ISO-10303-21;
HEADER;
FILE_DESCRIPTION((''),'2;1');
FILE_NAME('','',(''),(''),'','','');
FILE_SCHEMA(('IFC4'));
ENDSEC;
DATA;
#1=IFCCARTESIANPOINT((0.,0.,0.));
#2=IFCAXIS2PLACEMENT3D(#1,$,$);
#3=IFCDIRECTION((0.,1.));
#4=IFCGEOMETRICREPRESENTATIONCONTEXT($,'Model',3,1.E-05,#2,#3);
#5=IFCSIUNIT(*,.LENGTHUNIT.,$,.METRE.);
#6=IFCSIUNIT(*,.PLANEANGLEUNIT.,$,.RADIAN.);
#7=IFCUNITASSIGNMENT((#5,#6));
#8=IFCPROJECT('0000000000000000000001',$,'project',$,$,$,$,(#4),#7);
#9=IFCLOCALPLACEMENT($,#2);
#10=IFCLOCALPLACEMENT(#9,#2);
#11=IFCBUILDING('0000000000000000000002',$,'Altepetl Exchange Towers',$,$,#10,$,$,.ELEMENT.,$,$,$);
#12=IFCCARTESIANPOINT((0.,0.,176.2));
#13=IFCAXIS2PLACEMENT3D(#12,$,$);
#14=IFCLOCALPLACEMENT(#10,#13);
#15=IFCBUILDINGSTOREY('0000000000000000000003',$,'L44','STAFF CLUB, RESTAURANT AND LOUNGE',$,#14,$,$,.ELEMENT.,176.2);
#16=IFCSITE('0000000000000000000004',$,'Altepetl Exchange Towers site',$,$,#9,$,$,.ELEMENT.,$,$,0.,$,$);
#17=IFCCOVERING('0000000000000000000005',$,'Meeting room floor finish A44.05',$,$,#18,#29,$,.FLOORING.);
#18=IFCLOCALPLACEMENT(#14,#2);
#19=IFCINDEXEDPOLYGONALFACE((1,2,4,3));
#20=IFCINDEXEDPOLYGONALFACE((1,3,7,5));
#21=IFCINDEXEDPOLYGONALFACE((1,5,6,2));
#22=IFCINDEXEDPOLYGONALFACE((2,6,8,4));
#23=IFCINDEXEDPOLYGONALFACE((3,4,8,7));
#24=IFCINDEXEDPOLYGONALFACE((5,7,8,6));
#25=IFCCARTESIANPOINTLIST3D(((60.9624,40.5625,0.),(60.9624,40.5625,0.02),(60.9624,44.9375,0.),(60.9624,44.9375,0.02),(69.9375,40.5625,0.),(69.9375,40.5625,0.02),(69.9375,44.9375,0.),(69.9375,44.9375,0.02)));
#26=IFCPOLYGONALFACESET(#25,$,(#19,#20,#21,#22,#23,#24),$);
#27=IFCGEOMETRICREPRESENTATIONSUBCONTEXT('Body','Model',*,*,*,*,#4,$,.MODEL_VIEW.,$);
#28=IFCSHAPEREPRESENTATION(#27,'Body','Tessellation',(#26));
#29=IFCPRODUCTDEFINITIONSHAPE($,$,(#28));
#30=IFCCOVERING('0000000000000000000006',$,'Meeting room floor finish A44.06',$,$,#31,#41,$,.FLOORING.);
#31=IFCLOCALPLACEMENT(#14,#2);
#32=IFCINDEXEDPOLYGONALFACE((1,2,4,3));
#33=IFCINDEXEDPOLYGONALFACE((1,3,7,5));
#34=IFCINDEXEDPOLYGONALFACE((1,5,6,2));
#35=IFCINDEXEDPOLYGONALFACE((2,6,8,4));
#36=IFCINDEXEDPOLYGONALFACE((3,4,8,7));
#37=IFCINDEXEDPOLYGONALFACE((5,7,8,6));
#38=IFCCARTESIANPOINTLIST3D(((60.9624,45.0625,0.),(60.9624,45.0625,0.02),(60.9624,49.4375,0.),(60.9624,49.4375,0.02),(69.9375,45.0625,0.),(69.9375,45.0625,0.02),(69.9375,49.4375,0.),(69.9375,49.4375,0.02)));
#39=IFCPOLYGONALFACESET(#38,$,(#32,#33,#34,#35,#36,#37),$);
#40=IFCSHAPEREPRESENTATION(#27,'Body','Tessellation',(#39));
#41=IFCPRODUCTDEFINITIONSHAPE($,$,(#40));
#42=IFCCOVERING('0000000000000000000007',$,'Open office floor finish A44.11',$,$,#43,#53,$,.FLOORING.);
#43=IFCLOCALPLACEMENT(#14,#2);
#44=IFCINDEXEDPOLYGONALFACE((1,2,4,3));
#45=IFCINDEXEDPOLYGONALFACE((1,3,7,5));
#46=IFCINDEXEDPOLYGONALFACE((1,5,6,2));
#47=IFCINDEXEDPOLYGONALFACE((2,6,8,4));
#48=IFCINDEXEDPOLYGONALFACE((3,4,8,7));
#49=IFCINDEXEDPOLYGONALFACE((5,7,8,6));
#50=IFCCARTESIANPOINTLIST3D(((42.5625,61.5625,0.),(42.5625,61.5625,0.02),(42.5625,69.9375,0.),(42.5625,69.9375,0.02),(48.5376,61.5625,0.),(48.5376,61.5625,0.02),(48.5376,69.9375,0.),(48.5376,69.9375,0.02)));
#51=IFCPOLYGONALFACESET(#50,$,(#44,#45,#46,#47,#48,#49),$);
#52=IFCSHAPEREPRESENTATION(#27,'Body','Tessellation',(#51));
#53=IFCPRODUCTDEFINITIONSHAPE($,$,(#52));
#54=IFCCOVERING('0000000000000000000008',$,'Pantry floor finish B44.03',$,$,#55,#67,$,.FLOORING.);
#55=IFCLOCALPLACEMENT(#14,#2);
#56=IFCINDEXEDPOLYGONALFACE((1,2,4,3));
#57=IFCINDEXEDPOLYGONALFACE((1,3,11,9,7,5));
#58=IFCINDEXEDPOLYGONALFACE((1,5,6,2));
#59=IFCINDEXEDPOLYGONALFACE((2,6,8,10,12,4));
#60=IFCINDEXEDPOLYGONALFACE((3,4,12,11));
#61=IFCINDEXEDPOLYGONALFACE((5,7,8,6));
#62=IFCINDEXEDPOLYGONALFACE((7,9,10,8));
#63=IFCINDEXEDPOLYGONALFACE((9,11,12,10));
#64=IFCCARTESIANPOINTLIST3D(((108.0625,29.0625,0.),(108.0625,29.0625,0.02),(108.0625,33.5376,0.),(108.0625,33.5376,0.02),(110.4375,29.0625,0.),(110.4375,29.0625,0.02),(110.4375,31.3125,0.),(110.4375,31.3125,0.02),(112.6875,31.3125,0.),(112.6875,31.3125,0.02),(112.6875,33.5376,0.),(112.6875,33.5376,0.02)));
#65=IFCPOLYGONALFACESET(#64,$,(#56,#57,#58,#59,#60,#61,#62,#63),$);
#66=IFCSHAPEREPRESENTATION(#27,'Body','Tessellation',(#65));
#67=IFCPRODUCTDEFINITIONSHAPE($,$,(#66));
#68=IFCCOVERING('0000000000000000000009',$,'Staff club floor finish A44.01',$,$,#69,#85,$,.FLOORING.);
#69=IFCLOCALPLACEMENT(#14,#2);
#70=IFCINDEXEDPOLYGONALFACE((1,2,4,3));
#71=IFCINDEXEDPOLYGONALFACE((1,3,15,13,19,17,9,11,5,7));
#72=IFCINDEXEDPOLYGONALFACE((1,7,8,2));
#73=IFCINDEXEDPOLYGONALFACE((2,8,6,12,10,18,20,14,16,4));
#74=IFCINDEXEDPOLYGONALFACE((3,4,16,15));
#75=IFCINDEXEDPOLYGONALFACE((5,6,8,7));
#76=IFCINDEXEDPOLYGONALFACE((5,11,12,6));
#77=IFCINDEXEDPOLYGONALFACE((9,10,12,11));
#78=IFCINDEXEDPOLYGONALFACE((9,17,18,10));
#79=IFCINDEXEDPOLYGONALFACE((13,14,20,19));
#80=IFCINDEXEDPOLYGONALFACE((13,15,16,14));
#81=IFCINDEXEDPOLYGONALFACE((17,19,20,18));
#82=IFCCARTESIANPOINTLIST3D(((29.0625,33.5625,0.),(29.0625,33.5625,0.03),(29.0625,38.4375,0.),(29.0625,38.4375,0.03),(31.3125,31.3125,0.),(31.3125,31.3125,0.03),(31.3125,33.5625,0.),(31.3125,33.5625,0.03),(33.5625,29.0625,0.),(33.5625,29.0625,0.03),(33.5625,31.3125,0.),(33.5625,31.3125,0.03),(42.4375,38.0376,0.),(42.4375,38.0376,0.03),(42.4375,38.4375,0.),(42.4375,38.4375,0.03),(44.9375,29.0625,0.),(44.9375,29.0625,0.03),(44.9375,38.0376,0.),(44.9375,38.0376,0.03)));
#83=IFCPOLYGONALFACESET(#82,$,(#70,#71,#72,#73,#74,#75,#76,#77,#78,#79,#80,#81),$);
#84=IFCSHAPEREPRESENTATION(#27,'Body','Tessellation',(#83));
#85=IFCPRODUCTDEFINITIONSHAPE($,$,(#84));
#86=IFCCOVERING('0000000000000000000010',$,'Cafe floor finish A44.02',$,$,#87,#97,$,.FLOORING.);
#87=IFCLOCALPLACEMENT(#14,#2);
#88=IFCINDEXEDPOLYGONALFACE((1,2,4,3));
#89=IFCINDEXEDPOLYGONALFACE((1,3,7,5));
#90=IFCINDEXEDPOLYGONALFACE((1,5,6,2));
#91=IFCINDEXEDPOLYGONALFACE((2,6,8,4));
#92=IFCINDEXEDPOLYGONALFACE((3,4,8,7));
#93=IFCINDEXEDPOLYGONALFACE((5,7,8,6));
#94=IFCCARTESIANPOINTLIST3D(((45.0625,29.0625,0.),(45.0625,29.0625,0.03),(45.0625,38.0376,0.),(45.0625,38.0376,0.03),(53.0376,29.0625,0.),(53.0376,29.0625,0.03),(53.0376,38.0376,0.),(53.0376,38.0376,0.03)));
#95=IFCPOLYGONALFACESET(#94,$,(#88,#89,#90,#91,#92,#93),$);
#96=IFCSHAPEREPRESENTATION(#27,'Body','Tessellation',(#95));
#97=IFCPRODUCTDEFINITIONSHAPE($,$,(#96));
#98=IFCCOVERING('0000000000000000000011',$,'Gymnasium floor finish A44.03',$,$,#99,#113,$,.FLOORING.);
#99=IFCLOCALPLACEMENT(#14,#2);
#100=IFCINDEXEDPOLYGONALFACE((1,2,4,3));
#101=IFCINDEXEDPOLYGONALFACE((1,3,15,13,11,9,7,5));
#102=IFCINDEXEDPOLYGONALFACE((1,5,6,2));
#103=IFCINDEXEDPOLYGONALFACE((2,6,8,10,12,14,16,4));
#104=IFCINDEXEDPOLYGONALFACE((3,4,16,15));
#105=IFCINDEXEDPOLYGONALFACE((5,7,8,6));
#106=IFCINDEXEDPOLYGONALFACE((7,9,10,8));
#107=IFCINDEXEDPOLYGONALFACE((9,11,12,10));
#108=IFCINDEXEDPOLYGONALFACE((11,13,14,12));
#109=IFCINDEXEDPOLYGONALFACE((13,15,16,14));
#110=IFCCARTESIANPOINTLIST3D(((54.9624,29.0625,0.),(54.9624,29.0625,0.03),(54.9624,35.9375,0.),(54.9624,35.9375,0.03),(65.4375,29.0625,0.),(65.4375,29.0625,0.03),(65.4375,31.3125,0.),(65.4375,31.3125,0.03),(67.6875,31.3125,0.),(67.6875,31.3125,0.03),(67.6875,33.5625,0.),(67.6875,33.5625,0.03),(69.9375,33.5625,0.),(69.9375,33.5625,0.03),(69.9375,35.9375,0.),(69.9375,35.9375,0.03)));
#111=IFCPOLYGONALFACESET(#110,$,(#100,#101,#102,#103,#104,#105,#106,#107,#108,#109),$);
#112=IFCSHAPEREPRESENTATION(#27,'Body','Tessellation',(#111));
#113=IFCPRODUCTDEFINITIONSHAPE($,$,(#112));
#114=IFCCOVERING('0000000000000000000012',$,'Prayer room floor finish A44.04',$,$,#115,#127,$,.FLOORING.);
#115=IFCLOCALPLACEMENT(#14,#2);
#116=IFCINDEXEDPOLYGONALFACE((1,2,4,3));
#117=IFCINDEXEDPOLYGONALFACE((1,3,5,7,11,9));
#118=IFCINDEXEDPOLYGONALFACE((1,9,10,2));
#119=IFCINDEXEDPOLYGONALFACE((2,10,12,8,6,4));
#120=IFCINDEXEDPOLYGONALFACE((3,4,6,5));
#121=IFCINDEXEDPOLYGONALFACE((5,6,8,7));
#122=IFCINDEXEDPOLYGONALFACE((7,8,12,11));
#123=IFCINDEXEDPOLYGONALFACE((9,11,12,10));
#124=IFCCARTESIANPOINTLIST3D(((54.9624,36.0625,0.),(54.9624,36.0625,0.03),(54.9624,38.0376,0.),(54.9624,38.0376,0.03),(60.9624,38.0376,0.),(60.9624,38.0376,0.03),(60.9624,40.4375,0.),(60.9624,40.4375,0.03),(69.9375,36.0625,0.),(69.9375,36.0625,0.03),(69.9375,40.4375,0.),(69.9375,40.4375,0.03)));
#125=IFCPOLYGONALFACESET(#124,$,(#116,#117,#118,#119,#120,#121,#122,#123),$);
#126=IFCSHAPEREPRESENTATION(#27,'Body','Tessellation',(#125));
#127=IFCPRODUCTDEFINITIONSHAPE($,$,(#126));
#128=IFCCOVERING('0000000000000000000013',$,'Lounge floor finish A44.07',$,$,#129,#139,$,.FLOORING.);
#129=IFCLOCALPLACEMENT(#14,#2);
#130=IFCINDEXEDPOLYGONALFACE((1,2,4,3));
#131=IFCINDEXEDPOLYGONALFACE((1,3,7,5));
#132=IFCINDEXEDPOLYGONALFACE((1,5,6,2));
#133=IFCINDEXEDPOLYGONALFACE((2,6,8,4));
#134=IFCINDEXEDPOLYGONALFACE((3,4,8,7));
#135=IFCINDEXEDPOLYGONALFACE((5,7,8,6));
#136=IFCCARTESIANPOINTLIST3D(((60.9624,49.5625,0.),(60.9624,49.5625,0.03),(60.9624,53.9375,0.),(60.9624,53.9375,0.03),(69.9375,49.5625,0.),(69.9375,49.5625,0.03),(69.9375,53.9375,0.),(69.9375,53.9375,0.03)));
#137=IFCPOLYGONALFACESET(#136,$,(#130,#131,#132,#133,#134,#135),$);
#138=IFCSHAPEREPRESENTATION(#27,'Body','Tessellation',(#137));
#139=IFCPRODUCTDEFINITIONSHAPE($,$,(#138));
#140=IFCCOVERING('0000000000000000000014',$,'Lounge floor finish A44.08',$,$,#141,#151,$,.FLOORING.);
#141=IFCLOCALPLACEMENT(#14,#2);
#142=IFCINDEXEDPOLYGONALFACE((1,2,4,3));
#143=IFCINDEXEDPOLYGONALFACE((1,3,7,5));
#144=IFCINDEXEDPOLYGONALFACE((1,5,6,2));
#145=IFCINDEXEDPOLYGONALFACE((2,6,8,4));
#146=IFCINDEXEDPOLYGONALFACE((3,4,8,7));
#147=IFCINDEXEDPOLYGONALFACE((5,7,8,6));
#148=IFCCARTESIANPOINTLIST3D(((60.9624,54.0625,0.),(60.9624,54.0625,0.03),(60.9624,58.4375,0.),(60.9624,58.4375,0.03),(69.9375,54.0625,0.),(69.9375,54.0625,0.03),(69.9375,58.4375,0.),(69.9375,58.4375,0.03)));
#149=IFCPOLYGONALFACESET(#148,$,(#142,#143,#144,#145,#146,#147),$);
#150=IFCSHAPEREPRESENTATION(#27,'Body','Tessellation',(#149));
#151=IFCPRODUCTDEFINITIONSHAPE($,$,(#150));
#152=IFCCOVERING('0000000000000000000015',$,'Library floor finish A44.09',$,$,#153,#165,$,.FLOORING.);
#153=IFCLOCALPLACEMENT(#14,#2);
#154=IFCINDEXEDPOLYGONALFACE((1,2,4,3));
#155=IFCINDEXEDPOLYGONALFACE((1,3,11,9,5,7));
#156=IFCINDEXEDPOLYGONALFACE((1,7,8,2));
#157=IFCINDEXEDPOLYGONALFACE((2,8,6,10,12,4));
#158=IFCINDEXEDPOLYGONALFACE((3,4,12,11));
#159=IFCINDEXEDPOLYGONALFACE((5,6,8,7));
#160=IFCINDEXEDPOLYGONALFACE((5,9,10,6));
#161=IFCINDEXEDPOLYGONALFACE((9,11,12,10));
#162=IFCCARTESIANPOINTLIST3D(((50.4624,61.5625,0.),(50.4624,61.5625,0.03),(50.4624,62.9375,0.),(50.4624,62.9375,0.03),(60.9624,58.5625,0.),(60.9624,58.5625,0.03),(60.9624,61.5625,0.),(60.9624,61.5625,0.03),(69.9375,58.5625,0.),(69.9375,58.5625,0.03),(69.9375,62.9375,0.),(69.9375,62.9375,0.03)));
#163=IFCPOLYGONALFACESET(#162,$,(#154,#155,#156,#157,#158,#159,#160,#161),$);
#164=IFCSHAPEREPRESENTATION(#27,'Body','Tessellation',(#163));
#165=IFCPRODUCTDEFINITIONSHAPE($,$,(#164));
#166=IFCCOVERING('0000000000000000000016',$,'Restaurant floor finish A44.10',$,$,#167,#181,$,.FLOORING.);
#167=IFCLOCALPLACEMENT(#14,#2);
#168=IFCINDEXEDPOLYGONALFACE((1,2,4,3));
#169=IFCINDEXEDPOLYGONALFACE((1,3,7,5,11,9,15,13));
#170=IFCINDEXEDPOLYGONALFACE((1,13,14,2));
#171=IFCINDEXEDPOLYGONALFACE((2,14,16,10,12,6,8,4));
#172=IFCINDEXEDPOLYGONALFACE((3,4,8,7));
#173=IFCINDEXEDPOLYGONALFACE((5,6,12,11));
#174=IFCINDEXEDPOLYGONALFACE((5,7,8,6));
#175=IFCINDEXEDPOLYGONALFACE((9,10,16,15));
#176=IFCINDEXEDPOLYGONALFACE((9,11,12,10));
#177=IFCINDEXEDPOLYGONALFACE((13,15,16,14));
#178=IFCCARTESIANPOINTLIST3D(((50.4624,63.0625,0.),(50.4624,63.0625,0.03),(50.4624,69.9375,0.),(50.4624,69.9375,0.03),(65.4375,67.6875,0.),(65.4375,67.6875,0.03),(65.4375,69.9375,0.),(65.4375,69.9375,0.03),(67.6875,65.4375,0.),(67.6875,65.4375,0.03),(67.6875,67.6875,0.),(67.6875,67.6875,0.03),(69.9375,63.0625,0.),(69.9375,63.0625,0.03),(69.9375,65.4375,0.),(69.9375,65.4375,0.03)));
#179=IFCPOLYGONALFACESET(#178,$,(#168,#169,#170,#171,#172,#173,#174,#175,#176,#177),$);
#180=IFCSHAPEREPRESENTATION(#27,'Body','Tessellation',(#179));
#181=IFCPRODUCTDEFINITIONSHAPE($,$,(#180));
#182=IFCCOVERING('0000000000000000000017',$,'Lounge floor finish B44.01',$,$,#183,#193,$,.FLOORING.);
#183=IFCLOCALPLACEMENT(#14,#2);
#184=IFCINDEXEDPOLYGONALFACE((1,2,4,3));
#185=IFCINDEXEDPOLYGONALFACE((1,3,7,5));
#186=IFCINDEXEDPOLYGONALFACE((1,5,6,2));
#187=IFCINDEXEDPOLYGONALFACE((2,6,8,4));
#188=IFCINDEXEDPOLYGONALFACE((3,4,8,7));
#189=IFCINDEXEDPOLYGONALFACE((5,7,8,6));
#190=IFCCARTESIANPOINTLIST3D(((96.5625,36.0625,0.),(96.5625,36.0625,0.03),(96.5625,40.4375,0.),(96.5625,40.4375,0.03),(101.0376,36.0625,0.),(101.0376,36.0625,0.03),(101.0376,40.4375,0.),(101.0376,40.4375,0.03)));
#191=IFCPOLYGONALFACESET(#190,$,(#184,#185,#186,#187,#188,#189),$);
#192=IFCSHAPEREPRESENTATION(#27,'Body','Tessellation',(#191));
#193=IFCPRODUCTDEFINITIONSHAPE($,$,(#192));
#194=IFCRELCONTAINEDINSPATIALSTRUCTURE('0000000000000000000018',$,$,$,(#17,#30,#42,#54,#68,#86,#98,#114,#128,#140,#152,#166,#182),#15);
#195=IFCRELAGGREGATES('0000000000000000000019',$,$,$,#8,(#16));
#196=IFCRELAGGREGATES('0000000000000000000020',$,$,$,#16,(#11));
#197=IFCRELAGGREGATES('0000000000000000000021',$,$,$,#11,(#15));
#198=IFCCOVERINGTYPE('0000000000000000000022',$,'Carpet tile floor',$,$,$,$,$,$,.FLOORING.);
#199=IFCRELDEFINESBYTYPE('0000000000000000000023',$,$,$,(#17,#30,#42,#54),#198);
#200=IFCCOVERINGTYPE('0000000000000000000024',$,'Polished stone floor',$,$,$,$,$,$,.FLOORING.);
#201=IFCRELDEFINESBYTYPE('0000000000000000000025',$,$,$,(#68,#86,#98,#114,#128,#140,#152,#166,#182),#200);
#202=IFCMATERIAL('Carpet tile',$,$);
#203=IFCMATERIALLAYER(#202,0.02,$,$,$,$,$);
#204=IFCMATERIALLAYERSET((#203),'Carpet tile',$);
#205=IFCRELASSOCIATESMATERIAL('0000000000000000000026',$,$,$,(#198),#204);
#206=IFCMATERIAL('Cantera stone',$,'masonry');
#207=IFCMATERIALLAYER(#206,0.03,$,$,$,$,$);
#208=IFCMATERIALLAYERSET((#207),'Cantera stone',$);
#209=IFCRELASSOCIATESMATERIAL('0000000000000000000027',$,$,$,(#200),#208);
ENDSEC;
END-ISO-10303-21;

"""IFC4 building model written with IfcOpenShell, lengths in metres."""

from ifc_helpers import new_model, si_unit, direction, frame, origin, place, context, subcontext, project, spatial, polyline, outline, extrude, material, layer, layer_set, type_object, element, save


model = new_model("IFC4")

# Units and contexts
model_context = context("Model", 3, precision=1e-05, world=origin(), true_north=direction((0.0, 1.0)))
body_context = subcontext(model_context, "Body", "Model", "MODEL_VIEW")
ifc_project = project(units=[si_unit("LENGTHUNIT", "METRE"), si_unit("PLANEANGLEUNIT", "RADIAN")], contexts=[model_context])

# Site, building, storey
site_placement = place(None, origin())
site = spatial("IfcSite", under=ifc_project, at=site_placement, Name="Altepetl Exchange Towers site", CompositionType="ELEMENT", RefElevation=0.0)
building_placement = place(site_placement, origin())
building = spatial("IfcBuilding", under=site, at=building_placement, Name="Altepetl Exchange Towers", CompositionType="ELEMENT")
storey_placement = place(building_placement, frame((0.0, 0.0, 176.2)))
storey = spatial("IfcBuildingStorey", under=building, at=storey_placement, Name="L44", Description="STAFF CLUB, RESTAURANT AND LOUNGE", CompositionType="ELEMENT", Elevation=176.2)

# Coverings
ifc_material_1 = material(Name="Carpet tile")
ifc_layer_1 = layer(ifc_material_1, 0.02)
ifc_layer_set_1 = layer_set([ifc_layer_1], Name="Carpet tile")
covering_type_1 = type_object("IfcCoveringType", Name="Carpet tile floor", PredefinedType="FLOORING", material=ifc_layer_set_1)
covering_1_placement = place(storey_placement, origin())
element("IfcCovering", 1, at=covering_1_placement, inside=storey, type_object=covering_type_1, Name="Meeting room floor finish A44.05", PredefinedType="FLOORING", context=body_context, shape_type="SweptSolid", body=[
    extrude(outline(polyline([(69.9375, 44.9375), (60.9624, 44.9375), (60.9624, 40.5625), (69.9375, 40.5625), (69.9375, 44.9375)])), origin(), (0.0, 0.0, 1.0), 0.02),
])
covering_2_placement = place(storey_placement, origin())
element("IfcCovering", 2, at=covering_2_placement, inside=storey, type_object=covering_type_1, Name="Meeting room floor finish A44.06", PredefinedType="FLOORING", context=body_context, shape_type="SweptSolid", body=[
    extrude(outline(polyline([(69.9375, 49.4375), (60.9624, 49.4375), (60.9624, 45.0625), (69.9375, 45.0625), (69.9375, 49.4375)])), origin(), (0.0, 0.0, 1.0), 0.02),
])
covering_3_placement = place(storey_placement, origin())
element("IfcCovering", 3, at=covering_3_placement, inside=storey, type_object=covering_type_1, Name="Open office floor finish A44.11", PredefinedType="FLOORING", context=body_context, shape_type="SweptSolid", body=[
    extrude(outline(polyline([(42.5625, 61.5625), (48.5376, 61.5625), (48.5376, 69.9375), (42.5625, 69.9375), (42.5625, 61.5625)])), origin(), (0.0, 0.0, 1.0), 0.02),
])
covering_4_placement = place(storey_placement, origin())
element("IfcCovering", 4, at=covering_4_placement, inside=storey, type_object=covering_type_1, Name="Pantry floor finish B44.03", PredefinedType="FLOORING", context=body_context, shape_type="SweptSolid", body=[
    extrude(outline(polyline([(108.0625, 33.5376), (108.0625, 29.0625), (110.4375, 29.0625), (110.4375, 31.3125), (112.6875, 31.3125), (112.6875, 33.5376), (108.0625, 33.5376)])), origin(), (0.0, 0.0, 1.0), 0.02),
])
ifc_material_2 = material(Name="Cantera stone", Category="masonry")
ifc_layer_2 = layer(ifc_material_2, 0.03)
ifc_layer_set_2 = layer_set([ifc_layer_2], Name="Cantera stone")
covering_type_2 = type_object("IfcCoveringType", Name="Polished stone floor", PredefinedType="FLOORING", material=ifc_layer_set_2)
covering_5_placement = place(storey_placement, origin())
element("IfcCovering", 5, at=covering_5_placement, inside=storey, type_object=covering_type_2, Name="Staff club floor finish A44.01", PredefinedType="FLOORING", context=body_context, shape_type="SweptSolid", body=[
    extrude(outline(polyline([(31.3125, 31.3125), (33.5625, 31.3125), (33.5625, 29.0625), (44.9375, 29.0625), (44.9375, 38.0376), (42.4375, 38.0376), (42.4375, 38.4375), (29.0625, 38.4375), (29.0625, 33.5625), (31.3125, 33.5625), (31.3125, 31.3125)])), origin(), (0.0, 0.0, 1.0), 0.03),
])
covering_6_placement = place(storey_placement, origin())
element("IfcCovering", 6, at=covering_6_placement, inside=storey, type_object=covering_type_2, Name="Cafe floor finish A44.02", PredefinedType="FLOORING", context=body_context, shape_type="SweptSolid", body=[
    extrude(outline(polyline([(45.0625, 38.0376), (45.0625, 29.0625), (53.0376, 29.0625), (53.0376, 38.0376), (45.0625, 38.0376)])), origin(), (0.0, 0.0, 1.0), 0.03),
])
covering_7_placement = place(storey_placement, origin())
element("IfcCovering", 7, at=covering_7_placement, inside=storey, type_object=covering_type_2, Name="Gymnasium floor finish A44.03", PredefinedType="FLOORING", context=body_context, shape_type="SweptSolid", body=[
    extrude(outline(polyline([(69.9375, 35.9375), (54.9624, 35.9375), (54.9624, 29.0625), (65.4375, 29.0625), (65.4375, 31.3125), (67.6875, 31.3125), (67.6875, 33.5625), (69.9375, 33.5625), (69.9375, 35.9375)])), origin(), (0.0, 0.0, 1.0), 0.03),
])
covering_8_placement = place(storey_placement, origin())
element("IfcCovering", 8, at=covering_8_placement, inside=storey, type_object=covering_type_2, Name="Prayer room floor finish A44.04", PredefinedType="FLOORING", context=body_context, shape_type="SweptSolid", body=[
    extrude(outline(polyline([(69.9375, 40.4375), (60.9624, 40.4375), (60.9624, 38.0376), (54.9624, 38.0376), (54.9624, 36.0625), (69.9375, 36.0625), (69.9375, 40.4375)])), origin(), (0.0, 0.0, 1.0), 0.03),
])
covering_9_placement = place(storey_placement, origin())
element("IfcCovering", 9, at=covering_9_placement, inside=storey, type_object=covering_type_2, Name="Lounge floor finish A44.07", PredefinedType="FLOORING", context=body_context, shape_type="SweptSolid", body=[
    extrude(outline(polyline([(69.9375, 53.9375), (60.9624, 53.9375), (60.9624, 49.5625), (69.9375, 49.5625), (69.9375, 53.9375)])), origin(), (0.0, 0.0, 1.0), 0.03),
])
covering_10_placement = place(storey_placement, origin())
element("IfcCovering", 10, at=covering_10_placement, inside=storey, type_object=covering_type_2, Name="Lounge floor finish A44.08", PredefinedType="FLOORING", context=body_context, shape_type="SweptSolid", body=[
    extrude(outline(polyline([(69.9375, 58.4375), (60.9624, 58.4375), (60.9624, 54.0625), (69.9375, 54.0625), (69.9375, 58.4375)])), origin(), (0.0, 0.0, 1.0), 0.03),
])
covering_11_placement = place(storey_placement, origin())
element("IfcCovering", 11, at=covering_11_placement, inside=storey, type_object=covering_type_2, Name="Library floor finish A44.09", PredefinedType="FLOORING", context=body_context, shape_type="SweptSolid", body=[
    extrude(outline(polyline([(69.9375, 62.9375), (50.4624, 62.9375), (50.4624, 61.5625), (60.9624, 61.5625), (60.9624, 58.5625), (69.9375, 58.5625), (69.9375, 62.9375)])), origin(), (0.0, 0.0, 1.0), 0.03),
])
covering_12_placement = place(storey_placement, origin())
element("IfcCovering", 12, at=covering_12_placement, inside=storey, type_object=covering_type_2, Name="Restaurant floor finish A44.10", PredefinedType="FLOORING", context=body_context, shape_type="SweptSolid", body=[
    extrude(outline(polyline([(67.6875, 67.6875), (65.4375, 67.6875), (65.4375, 69.9375), (50.4624, 69.9375), (50.4624, 63.0625), (69.9375, 63.0625), (69.9375, 65.4375), (67.6875, 65.4375), (67.6875, 67.6875)])), origin(), (0.0, 0.0, 1.0), 0.03),
])
covering_13_placement = place(storey_placement, origin())
element("IfcCovering", 13, at=covering_13_placement, inside=storey, type_object=covering_type_2, Name="Lounge floor finish B44.01", PredefinedType="FLOORING", context=body_context, shape_type="SweptSolid", body=[
    extrude(outline(polyline([(96.5625, 36.0625), (101.0376, 36.0625), (101.0376, 40.4375), (96.5625, 40.4375), (96.5625, 36.0625)])), origin(), (0.0, 0.0, 1.0), 0.03),
])

save(model, "model.ifc")
